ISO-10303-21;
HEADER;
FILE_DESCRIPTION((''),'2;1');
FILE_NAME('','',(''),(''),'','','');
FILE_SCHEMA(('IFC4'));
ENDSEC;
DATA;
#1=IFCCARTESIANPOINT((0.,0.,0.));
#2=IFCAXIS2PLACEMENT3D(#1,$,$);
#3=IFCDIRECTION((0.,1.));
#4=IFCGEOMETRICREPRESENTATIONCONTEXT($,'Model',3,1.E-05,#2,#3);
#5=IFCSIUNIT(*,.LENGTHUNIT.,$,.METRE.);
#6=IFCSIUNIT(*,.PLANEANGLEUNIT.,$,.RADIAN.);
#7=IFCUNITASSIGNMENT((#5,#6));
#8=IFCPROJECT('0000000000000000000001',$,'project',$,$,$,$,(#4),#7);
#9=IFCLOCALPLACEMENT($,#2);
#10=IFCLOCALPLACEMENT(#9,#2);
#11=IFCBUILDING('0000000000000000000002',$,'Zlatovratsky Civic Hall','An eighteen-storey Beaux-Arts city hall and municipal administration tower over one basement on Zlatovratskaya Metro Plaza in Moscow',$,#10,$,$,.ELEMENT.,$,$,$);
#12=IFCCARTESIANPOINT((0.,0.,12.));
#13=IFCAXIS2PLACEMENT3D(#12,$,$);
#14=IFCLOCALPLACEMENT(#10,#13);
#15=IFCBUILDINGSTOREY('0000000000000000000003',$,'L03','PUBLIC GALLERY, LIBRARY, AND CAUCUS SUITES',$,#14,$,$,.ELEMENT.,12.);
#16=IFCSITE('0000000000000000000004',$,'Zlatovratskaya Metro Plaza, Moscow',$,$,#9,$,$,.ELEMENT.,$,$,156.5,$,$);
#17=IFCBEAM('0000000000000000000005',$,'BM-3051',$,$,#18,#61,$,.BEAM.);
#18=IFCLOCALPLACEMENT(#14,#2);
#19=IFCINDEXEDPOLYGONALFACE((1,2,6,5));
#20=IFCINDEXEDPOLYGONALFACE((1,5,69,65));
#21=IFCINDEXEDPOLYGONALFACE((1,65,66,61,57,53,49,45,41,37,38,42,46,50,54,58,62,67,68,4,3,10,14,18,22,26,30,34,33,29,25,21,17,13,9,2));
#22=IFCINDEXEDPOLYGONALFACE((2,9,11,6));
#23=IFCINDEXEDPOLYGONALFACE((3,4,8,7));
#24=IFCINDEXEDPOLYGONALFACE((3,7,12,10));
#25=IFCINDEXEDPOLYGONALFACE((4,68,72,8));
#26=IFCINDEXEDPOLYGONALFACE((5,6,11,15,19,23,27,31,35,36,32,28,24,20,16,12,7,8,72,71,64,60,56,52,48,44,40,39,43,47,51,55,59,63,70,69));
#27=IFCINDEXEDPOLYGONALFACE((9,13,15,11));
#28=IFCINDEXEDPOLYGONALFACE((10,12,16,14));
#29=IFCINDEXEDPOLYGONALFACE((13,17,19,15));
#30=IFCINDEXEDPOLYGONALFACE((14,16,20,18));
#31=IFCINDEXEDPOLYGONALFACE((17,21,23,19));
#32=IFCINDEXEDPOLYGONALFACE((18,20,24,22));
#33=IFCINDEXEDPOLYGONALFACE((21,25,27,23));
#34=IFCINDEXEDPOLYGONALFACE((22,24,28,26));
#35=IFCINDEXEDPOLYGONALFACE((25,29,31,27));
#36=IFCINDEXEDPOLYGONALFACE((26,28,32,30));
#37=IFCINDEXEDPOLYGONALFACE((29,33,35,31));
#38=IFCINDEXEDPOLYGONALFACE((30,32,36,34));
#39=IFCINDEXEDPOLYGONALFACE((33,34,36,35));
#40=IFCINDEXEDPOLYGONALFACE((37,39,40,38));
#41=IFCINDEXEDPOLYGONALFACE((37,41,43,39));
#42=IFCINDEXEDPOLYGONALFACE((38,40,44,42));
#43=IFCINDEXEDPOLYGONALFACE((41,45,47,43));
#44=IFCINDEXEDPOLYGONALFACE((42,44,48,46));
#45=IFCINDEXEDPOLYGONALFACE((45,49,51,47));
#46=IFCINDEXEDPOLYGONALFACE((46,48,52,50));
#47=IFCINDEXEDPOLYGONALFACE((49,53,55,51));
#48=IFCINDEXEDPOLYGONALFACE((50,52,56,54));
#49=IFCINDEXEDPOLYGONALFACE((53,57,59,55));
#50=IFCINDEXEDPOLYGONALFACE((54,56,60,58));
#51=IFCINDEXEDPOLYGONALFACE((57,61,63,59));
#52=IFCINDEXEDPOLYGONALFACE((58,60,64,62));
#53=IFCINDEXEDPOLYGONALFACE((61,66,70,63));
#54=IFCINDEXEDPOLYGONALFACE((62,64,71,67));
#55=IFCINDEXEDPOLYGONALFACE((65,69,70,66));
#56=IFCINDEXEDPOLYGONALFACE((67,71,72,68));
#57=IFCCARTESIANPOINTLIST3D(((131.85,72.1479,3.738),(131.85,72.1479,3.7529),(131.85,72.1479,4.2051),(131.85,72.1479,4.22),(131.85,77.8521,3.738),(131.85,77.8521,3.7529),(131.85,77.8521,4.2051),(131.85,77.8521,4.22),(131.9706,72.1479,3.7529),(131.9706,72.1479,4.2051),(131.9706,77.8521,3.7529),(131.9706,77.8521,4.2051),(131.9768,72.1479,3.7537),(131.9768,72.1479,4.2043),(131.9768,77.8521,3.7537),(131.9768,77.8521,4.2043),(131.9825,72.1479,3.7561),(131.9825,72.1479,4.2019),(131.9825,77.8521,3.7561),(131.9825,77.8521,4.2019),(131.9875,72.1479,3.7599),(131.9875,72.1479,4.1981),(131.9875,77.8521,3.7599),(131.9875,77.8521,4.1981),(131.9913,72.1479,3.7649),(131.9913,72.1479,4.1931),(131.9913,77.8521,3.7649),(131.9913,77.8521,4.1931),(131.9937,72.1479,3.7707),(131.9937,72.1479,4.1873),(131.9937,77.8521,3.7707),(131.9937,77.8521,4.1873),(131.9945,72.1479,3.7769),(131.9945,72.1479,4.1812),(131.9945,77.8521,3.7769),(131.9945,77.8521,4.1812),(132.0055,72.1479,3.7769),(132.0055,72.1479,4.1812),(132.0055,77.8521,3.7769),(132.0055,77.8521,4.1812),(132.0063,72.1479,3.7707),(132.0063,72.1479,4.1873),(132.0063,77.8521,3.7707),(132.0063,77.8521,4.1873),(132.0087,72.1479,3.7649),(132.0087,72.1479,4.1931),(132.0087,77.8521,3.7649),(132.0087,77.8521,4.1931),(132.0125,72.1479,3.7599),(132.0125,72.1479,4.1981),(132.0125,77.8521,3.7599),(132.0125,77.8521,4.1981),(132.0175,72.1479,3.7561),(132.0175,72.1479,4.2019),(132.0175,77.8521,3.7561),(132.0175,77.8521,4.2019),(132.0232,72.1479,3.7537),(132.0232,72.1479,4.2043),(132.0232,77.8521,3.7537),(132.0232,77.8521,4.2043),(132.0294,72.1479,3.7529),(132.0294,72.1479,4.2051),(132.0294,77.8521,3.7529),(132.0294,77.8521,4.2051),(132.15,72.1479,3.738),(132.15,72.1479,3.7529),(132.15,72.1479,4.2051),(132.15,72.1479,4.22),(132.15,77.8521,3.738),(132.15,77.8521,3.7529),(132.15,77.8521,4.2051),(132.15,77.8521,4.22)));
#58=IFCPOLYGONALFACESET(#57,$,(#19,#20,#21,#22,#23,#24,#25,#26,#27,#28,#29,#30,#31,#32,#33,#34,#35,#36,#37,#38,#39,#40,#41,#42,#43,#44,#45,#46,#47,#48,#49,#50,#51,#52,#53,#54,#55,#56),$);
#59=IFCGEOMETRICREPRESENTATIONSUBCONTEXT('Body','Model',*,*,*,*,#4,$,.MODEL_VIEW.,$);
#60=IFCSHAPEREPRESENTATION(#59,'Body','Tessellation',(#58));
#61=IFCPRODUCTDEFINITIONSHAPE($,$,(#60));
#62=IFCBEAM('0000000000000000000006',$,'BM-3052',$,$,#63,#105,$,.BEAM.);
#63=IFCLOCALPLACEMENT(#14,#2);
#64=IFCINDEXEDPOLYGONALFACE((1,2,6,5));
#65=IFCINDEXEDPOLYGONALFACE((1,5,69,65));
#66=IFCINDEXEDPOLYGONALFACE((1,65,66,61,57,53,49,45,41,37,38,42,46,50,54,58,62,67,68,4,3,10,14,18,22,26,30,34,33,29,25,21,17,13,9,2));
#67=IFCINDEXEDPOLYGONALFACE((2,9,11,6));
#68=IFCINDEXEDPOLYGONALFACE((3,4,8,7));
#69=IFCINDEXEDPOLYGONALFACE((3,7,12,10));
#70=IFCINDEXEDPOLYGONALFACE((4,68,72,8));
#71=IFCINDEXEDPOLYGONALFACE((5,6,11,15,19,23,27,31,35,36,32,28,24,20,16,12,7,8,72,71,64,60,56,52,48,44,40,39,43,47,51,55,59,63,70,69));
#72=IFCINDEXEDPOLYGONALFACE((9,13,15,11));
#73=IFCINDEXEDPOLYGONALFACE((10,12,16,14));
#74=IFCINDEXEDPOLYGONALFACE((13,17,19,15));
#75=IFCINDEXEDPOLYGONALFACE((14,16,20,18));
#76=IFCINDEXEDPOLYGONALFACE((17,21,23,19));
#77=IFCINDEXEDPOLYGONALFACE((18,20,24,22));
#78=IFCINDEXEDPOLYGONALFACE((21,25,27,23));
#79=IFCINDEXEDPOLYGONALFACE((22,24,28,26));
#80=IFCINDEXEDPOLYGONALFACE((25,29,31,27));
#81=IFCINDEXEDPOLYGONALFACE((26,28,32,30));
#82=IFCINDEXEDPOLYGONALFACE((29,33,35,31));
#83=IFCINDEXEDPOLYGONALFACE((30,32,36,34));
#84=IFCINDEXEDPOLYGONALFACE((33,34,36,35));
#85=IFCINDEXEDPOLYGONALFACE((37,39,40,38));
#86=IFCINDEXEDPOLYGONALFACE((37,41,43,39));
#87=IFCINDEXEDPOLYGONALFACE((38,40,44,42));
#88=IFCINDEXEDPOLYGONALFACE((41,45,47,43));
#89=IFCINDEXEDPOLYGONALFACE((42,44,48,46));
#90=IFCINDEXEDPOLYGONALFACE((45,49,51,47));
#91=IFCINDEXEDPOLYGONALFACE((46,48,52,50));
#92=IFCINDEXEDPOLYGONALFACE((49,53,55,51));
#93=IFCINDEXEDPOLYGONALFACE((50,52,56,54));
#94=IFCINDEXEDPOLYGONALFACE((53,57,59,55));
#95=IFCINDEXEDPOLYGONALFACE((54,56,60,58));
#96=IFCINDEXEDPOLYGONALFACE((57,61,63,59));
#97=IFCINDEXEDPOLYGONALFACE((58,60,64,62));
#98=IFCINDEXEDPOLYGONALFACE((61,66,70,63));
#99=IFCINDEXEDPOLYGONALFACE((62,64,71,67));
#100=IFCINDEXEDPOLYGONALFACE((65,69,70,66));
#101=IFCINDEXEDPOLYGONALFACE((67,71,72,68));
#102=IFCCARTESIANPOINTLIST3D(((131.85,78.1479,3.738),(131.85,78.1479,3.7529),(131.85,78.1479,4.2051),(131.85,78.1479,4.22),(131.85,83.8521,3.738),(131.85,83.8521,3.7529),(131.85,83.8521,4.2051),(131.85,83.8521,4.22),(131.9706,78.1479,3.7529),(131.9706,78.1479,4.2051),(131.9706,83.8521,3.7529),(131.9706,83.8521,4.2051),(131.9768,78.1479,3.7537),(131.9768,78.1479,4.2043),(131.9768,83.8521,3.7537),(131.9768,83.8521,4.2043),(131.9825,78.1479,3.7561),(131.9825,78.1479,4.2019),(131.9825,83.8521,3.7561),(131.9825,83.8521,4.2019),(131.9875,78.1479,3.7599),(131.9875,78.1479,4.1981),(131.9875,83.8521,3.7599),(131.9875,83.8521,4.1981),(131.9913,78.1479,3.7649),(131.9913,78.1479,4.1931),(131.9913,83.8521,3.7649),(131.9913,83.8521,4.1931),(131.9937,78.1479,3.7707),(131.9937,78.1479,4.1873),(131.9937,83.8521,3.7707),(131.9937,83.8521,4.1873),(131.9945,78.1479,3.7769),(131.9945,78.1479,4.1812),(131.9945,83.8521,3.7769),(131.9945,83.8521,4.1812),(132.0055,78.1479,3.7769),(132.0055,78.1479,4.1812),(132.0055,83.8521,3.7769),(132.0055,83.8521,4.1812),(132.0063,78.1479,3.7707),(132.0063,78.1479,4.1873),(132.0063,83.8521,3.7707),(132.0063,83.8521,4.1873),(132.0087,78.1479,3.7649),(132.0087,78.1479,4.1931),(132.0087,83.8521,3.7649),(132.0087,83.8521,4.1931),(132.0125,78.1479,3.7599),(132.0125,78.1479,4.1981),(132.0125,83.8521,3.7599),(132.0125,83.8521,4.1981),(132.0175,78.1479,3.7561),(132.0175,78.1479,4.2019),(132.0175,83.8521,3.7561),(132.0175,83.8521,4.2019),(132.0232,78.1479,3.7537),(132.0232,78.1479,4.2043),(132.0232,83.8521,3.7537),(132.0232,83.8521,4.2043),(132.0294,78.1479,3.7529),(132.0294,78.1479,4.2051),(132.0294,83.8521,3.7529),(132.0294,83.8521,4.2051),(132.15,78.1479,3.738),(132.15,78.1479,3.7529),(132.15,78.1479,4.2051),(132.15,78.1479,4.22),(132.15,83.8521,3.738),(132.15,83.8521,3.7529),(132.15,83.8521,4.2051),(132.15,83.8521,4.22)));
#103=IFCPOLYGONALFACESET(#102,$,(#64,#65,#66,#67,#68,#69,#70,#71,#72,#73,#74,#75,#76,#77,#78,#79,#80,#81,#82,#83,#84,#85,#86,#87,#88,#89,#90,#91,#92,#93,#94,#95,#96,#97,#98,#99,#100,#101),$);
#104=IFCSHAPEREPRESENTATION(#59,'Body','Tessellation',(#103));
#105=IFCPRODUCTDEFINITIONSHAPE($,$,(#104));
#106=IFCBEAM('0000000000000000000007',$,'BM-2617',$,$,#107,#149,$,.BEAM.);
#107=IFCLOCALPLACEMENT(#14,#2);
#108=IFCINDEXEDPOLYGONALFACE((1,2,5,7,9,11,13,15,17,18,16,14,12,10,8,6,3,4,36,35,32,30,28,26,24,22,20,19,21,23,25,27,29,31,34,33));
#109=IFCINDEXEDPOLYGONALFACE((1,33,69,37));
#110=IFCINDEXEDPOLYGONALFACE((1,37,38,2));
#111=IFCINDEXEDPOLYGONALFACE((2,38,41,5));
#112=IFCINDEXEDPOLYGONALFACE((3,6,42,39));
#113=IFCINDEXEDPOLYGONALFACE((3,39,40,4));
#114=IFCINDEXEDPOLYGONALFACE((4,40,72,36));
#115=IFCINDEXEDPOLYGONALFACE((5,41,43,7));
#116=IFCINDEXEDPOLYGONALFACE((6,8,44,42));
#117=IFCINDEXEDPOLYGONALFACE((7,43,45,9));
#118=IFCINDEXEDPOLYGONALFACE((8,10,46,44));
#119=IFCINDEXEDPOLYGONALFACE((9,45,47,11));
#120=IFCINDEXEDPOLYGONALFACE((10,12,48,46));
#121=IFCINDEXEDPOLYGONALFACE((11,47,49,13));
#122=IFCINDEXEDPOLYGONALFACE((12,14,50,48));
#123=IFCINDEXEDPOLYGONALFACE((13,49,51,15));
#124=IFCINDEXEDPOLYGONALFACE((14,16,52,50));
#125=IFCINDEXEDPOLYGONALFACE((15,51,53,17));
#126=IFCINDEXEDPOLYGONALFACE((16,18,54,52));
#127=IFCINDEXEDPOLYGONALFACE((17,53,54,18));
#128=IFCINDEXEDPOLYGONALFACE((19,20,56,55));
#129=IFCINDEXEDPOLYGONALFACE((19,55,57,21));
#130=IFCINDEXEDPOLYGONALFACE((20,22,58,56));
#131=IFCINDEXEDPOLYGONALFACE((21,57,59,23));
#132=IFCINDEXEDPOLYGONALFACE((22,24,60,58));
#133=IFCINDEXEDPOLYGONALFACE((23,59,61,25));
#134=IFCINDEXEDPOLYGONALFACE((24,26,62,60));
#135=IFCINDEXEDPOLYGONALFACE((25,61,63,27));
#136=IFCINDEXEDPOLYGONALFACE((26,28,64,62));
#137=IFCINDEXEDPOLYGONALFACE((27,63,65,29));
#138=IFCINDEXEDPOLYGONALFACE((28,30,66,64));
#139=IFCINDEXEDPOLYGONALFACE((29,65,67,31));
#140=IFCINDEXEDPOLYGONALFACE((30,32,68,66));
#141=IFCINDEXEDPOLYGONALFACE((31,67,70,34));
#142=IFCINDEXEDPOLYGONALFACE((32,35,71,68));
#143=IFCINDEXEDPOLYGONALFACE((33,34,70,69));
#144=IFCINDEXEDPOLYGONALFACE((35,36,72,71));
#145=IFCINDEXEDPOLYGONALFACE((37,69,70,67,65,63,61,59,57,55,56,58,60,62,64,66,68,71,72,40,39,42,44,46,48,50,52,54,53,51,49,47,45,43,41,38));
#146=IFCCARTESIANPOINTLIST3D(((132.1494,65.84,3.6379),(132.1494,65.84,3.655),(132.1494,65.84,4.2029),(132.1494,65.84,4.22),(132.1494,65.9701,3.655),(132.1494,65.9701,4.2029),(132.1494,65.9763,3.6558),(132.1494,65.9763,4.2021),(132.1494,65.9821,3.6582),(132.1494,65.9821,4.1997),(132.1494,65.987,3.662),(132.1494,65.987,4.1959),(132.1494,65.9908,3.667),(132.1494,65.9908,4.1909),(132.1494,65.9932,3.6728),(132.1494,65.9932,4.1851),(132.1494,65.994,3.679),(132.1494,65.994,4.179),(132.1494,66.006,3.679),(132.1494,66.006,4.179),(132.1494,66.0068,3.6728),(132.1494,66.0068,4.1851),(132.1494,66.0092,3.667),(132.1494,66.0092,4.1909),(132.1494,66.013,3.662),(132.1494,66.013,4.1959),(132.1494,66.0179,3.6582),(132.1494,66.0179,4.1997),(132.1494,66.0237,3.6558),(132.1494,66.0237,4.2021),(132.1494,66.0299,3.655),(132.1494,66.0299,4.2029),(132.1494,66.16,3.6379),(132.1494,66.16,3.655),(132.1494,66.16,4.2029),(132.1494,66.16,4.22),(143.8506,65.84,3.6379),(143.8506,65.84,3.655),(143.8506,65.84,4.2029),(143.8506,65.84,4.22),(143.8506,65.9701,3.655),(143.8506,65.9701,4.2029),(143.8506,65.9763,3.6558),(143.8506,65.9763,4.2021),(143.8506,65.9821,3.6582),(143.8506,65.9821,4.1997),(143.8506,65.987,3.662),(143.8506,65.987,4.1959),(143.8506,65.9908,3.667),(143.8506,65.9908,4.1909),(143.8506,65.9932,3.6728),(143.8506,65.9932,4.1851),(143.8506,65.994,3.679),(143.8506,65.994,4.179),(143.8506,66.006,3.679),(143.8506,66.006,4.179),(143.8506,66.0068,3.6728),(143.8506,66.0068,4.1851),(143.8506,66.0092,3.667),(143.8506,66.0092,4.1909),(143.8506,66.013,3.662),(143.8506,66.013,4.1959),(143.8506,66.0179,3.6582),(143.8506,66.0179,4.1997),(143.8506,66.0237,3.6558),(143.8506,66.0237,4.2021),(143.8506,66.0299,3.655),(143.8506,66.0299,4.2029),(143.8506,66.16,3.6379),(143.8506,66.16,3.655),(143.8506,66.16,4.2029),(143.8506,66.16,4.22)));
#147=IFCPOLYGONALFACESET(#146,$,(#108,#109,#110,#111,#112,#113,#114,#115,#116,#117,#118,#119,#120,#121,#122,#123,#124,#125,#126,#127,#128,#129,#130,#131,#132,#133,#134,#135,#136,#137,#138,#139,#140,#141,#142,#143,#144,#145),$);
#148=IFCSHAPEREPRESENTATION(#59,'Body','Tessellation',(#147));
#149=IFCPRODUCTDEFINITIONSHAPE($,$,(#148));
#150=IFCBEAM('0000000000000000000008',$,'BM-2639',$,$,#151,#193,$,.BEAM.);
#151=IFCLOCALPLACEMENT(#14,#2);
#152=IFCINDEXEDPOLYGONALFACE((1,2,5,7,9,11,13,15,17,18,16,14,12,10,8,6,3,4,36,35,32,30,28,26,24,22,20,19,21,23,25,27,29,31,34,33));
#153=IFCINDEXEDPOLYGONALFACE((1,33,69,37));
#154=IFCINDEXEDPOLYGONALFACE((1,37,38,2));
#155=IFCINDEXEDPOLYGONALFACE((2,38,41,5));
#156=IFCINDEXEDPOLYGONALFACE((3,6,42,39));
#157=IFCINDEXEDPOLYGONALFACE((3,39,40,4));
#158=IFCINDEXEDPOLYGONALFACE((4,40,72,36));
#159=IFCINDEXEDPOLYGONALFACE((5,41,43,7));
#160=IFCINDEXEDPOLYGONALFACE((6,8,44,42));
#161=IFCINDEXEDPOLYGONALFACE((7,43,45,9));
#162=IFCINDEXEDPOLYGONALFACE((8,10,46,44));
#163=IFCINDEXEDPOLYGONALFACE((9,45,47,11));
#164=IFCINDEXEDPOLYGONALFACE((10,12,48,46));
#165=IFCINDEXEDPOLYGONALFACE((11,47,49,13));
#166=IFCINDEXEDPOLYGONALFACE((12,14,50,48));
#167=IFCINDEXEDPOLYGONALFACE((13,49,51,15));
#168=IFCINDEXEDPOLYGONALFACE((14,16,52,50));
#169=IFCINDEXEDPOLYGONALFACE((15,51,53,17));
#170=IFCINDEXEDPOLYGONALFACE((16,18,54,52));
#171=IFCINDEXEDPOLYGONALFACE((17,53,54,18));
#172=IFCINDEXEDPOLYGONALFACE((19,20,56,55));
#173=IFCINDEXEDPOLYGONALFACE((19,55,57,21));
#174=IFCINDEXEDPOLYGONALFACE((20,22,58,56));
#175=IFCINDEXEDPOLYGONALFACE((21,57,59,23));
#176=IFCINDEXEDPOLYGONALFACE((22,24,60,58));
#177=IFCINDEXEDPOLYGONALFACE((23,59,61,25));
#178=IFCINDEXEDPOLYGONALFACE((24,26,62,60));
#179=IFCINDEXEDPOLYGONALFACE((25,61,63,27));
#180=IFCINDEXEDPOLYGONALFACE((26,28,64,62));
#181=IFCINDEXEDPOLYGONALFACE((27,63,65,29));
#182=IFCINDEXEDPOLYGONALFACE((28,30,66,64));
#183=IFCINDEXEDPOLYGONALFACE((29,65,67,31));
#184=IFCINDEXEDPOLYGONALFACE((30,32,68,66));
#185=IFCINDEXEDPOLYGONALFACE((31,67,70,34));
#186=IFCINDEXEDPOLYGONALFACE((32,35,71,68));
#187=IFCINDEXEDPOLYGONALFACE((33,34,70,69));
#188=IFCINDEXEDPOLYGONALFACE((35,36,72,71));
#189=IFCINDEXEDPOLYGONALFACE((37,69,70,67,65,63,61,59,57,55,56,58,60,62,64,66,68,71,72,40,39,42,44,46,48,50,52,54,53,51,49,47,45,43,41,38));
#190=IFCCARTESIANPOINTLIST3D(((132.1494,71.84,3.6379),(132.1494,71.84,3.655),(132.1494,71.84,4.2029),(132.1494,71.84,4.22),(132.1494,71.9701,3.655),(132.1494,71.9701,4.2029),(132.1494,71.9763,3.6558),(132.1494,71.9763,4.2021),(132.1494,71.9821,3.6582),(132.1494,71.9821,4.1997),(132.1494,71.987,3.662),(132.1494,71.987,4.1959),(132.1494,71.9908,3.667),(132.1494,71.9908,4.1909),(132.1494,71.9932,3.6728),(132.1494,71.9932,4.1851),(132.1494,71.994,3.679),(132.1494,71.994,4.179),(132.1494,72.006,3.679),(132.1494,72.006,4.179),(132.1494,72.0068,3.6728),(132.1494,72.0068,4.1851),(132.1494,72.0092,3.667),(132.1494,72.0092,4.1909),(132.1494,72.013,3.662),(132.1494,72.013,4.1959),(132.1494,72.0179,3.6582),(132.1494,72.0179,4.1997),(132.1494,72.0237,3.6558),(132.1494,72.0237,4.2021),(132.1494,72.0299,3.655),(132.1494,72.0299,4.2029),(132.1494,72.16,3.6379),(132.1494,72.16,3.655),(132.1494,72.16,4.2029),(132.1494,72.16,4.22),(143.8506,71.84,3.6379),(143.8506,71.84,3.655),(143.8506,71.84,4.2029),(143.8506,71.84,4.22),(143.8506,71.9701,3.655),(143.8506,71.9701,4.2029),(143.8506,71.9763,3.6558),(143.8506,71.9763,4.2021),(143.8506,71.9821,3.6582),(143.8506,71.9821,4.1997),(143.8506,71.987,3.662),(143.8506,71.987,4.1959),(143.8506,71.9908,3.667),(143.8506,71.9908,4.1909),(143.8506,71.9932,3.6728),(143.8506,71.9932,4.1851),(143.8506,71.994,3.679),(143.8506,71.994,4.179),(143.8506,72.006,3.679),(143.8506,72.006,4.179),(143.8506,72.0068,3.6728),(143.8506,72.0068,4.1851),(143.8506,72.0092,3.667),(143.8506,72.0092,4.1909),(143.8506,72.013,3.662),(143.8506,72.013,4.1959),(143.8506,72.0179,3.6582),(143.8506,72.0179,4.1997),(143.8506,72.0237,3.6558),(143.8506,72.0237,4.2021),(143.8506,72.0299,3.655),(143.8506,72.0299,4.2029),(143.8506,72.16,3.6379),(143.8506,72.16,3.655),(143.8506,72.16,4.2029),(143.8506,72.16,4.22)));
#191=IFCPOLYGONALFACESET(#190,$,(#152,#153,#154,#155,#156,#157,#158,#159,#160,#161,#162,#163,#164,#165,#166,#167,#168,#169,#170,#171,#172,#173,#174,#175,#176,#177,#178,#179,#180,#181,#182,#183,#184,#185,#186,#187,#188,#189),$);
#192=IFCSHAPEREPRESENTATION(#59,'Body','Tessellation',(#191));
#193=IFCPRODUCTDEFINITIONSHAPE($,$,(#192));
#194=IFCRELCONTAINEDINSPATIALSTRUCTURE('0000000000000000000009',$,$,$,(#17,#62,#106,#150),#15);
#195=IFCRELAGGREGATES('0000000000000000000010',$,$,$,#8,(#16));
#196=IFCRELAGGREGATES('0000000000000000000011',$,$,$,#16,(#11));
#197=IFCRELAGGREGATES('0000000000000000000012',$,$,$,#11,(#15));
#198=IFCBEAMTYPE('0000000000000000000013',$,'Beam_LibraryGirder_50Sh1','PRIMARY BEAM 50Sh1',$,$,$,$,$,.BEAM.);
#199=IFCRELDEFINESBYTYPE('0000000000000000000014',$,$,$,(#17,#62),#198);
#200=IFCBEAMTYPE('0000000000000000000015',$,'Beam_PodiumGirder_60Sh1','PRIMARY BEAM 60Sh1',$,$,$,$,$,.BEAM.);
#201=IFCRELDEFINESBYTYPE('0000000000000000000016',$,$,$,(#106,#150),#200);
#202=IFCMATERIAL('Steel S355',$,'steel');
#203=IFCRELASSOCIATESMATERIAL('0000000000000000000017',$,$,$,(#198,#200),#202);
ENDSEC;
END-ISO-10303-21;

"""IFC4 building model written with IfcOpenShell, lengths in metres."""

from ifc_helpers import new_model, si_unit, direction, frame, origin, origin_2d, place, context, subcontext, project, spatial, i_section, extrude, material, material_profile, profile_set, type_object, element, save


model = new_model("IFC4")

# Units and contexts
model_context = context("Model", 3, precision=1e-05, world=origin(), true_north=direction((0.0, 1.0)))
body_context = subcontext(model_context, "Body", "Model", "MODEL_VIEW")
ifc_project = project(units=[si_unit("LENGTHUNIT", "METRE"), si_unit("PLANEANGLEUNIT", "RADIAN")], contexts=[model_context])

# Site, building, storey
site_placement = place(None, origin())
site = spatial("IfcSite", under=ifc_project, at=site_placement, Name="Zlatovratskaya Metro Plaza, Moscow", CompositionType="ELEMENT", RefElevation=156.5)
building_placement = place(site_placement, origin())
building = spatial("IfcBuilding", under=site, at=building_placement, Name="Zlatovratsky Civic Hall", Description="An eighteen-storey Beaux-Arts city hall and municipal administration tower over one basement on Zlatovratskaya Metro Plaza in Moscow", CompositionType="ELEMENT")
storey_placement = place(building_placement, frame((0.0, 0.0, 12.0)))
storey = spatial("IfcBuildingStorey", under=building, at=storey_placement, Name="L03", Description="PUBLIC GALLERY, LIBRARY, AND CAUCUS SUITES", CompositionType="ELEMENT", Elevation=12.0)

# Shared definitions
ifc_material_1 = material(Name="Steel S355", Category="steel")

# Beams
ifc_material_profile_1 = material_profile(ifc_material_1, i_section(OverallWidth=0.3, OverallDepth=0.4819, WebThickness=0.011, FlangeThickness=0.0149, FilletRadius=0.0239, at=origin_2d()), Name="50Sh1")
ifc_profile_set_1 = profile_set([ifc_material_profile_1], Name="Steel S355")
beam_type_1 = type_object("IfcBeamType", Name="Beam_LibraryGirder_50Sh1", Description="PRIMARY BEAM 50Sh1", PredefinedType="BEAM", material=ifc_profile_set_1)
for number, where, z_axis, x_axis, name in (
    (1, (132.0, 72.1479, 3.979), (0.0, 1.0, 0.0), (-1.0, 0.0, 0.0), "BM-3051"),
    (2, (132.0, 78.1479, 3.979), (0.0, 1.0, 0.0), (-1.0, 0.0, 0.0), "BM-3052"),
):
    element("IfcBeam", number, at=place(storey_placement, frame(where, z_axis=z_axis, x_axis=x_axis)), inside=storey, type_object=beam_type_1, Name=name, PredefinedType="BEAM", context=body_context, shape_type="SweptSolid", body=[
        extrude(i_section(OverallWidth=0.3, OverallDepth=0.4819, WebThickness=0.011, FlangeThickness=0.0149, FilletRadius=0.0239, at=origin_2d()), origin(), (0.0, 0.0, 1.0), 5.7041),
    ])
ifc_material_profile_2 = material_profile(ifc_material_1, i_section(OverallWidth=0.3201, OverallDepth=0.582, WebThickness=0.012, FlangeThickness=0.0171, FilletRadius=0.0239, at=origin_2d()), Name="60Sh1")
ifc_profile_set_2 = profile_set([ifc_material_profile_2], Name="Steel S355")
beam_type_2 = type_object("IfcBeamType", Name="Beam_PodiumGirder_60Sh1", Description="PRIMARY BEAM 60Sh1", PredefinedType="BEAM", material=ifc_profile_set_2)
for number, where, z_axis, x_axis, name in (
    (3, (132.1494, 66.0, 3.929), (1.0, 0.0, 0.0), (0.0, 1.0, 0.0), "BM-2617"),
    (4, (132.1494, 72.0, 3.929), (1.0, 0.0, 0.0), (0.0, 1.0, 0.0), "BM-2639"),
):
    element("IfcBeam", number, at=place(storey_placement, frame(where, z_axis=z_axis, x_axis=x_axis)), inside=storey, type_object=beam_type_2, Name=name, PredefinedType="BEAM", context=body_context, shape_type="SweptSolid", body=[
        extrude(i_section(OverallWidth=0.3201, OverallDepth=0.582, WebThickness=0.012, FlangeThickness=0.0171, FilletRadius=0.0239, at=origin_2d()), origin(), (0.0, 0.0, 1.0), 11.7012),
    ])

save(model, "model.ifc")
